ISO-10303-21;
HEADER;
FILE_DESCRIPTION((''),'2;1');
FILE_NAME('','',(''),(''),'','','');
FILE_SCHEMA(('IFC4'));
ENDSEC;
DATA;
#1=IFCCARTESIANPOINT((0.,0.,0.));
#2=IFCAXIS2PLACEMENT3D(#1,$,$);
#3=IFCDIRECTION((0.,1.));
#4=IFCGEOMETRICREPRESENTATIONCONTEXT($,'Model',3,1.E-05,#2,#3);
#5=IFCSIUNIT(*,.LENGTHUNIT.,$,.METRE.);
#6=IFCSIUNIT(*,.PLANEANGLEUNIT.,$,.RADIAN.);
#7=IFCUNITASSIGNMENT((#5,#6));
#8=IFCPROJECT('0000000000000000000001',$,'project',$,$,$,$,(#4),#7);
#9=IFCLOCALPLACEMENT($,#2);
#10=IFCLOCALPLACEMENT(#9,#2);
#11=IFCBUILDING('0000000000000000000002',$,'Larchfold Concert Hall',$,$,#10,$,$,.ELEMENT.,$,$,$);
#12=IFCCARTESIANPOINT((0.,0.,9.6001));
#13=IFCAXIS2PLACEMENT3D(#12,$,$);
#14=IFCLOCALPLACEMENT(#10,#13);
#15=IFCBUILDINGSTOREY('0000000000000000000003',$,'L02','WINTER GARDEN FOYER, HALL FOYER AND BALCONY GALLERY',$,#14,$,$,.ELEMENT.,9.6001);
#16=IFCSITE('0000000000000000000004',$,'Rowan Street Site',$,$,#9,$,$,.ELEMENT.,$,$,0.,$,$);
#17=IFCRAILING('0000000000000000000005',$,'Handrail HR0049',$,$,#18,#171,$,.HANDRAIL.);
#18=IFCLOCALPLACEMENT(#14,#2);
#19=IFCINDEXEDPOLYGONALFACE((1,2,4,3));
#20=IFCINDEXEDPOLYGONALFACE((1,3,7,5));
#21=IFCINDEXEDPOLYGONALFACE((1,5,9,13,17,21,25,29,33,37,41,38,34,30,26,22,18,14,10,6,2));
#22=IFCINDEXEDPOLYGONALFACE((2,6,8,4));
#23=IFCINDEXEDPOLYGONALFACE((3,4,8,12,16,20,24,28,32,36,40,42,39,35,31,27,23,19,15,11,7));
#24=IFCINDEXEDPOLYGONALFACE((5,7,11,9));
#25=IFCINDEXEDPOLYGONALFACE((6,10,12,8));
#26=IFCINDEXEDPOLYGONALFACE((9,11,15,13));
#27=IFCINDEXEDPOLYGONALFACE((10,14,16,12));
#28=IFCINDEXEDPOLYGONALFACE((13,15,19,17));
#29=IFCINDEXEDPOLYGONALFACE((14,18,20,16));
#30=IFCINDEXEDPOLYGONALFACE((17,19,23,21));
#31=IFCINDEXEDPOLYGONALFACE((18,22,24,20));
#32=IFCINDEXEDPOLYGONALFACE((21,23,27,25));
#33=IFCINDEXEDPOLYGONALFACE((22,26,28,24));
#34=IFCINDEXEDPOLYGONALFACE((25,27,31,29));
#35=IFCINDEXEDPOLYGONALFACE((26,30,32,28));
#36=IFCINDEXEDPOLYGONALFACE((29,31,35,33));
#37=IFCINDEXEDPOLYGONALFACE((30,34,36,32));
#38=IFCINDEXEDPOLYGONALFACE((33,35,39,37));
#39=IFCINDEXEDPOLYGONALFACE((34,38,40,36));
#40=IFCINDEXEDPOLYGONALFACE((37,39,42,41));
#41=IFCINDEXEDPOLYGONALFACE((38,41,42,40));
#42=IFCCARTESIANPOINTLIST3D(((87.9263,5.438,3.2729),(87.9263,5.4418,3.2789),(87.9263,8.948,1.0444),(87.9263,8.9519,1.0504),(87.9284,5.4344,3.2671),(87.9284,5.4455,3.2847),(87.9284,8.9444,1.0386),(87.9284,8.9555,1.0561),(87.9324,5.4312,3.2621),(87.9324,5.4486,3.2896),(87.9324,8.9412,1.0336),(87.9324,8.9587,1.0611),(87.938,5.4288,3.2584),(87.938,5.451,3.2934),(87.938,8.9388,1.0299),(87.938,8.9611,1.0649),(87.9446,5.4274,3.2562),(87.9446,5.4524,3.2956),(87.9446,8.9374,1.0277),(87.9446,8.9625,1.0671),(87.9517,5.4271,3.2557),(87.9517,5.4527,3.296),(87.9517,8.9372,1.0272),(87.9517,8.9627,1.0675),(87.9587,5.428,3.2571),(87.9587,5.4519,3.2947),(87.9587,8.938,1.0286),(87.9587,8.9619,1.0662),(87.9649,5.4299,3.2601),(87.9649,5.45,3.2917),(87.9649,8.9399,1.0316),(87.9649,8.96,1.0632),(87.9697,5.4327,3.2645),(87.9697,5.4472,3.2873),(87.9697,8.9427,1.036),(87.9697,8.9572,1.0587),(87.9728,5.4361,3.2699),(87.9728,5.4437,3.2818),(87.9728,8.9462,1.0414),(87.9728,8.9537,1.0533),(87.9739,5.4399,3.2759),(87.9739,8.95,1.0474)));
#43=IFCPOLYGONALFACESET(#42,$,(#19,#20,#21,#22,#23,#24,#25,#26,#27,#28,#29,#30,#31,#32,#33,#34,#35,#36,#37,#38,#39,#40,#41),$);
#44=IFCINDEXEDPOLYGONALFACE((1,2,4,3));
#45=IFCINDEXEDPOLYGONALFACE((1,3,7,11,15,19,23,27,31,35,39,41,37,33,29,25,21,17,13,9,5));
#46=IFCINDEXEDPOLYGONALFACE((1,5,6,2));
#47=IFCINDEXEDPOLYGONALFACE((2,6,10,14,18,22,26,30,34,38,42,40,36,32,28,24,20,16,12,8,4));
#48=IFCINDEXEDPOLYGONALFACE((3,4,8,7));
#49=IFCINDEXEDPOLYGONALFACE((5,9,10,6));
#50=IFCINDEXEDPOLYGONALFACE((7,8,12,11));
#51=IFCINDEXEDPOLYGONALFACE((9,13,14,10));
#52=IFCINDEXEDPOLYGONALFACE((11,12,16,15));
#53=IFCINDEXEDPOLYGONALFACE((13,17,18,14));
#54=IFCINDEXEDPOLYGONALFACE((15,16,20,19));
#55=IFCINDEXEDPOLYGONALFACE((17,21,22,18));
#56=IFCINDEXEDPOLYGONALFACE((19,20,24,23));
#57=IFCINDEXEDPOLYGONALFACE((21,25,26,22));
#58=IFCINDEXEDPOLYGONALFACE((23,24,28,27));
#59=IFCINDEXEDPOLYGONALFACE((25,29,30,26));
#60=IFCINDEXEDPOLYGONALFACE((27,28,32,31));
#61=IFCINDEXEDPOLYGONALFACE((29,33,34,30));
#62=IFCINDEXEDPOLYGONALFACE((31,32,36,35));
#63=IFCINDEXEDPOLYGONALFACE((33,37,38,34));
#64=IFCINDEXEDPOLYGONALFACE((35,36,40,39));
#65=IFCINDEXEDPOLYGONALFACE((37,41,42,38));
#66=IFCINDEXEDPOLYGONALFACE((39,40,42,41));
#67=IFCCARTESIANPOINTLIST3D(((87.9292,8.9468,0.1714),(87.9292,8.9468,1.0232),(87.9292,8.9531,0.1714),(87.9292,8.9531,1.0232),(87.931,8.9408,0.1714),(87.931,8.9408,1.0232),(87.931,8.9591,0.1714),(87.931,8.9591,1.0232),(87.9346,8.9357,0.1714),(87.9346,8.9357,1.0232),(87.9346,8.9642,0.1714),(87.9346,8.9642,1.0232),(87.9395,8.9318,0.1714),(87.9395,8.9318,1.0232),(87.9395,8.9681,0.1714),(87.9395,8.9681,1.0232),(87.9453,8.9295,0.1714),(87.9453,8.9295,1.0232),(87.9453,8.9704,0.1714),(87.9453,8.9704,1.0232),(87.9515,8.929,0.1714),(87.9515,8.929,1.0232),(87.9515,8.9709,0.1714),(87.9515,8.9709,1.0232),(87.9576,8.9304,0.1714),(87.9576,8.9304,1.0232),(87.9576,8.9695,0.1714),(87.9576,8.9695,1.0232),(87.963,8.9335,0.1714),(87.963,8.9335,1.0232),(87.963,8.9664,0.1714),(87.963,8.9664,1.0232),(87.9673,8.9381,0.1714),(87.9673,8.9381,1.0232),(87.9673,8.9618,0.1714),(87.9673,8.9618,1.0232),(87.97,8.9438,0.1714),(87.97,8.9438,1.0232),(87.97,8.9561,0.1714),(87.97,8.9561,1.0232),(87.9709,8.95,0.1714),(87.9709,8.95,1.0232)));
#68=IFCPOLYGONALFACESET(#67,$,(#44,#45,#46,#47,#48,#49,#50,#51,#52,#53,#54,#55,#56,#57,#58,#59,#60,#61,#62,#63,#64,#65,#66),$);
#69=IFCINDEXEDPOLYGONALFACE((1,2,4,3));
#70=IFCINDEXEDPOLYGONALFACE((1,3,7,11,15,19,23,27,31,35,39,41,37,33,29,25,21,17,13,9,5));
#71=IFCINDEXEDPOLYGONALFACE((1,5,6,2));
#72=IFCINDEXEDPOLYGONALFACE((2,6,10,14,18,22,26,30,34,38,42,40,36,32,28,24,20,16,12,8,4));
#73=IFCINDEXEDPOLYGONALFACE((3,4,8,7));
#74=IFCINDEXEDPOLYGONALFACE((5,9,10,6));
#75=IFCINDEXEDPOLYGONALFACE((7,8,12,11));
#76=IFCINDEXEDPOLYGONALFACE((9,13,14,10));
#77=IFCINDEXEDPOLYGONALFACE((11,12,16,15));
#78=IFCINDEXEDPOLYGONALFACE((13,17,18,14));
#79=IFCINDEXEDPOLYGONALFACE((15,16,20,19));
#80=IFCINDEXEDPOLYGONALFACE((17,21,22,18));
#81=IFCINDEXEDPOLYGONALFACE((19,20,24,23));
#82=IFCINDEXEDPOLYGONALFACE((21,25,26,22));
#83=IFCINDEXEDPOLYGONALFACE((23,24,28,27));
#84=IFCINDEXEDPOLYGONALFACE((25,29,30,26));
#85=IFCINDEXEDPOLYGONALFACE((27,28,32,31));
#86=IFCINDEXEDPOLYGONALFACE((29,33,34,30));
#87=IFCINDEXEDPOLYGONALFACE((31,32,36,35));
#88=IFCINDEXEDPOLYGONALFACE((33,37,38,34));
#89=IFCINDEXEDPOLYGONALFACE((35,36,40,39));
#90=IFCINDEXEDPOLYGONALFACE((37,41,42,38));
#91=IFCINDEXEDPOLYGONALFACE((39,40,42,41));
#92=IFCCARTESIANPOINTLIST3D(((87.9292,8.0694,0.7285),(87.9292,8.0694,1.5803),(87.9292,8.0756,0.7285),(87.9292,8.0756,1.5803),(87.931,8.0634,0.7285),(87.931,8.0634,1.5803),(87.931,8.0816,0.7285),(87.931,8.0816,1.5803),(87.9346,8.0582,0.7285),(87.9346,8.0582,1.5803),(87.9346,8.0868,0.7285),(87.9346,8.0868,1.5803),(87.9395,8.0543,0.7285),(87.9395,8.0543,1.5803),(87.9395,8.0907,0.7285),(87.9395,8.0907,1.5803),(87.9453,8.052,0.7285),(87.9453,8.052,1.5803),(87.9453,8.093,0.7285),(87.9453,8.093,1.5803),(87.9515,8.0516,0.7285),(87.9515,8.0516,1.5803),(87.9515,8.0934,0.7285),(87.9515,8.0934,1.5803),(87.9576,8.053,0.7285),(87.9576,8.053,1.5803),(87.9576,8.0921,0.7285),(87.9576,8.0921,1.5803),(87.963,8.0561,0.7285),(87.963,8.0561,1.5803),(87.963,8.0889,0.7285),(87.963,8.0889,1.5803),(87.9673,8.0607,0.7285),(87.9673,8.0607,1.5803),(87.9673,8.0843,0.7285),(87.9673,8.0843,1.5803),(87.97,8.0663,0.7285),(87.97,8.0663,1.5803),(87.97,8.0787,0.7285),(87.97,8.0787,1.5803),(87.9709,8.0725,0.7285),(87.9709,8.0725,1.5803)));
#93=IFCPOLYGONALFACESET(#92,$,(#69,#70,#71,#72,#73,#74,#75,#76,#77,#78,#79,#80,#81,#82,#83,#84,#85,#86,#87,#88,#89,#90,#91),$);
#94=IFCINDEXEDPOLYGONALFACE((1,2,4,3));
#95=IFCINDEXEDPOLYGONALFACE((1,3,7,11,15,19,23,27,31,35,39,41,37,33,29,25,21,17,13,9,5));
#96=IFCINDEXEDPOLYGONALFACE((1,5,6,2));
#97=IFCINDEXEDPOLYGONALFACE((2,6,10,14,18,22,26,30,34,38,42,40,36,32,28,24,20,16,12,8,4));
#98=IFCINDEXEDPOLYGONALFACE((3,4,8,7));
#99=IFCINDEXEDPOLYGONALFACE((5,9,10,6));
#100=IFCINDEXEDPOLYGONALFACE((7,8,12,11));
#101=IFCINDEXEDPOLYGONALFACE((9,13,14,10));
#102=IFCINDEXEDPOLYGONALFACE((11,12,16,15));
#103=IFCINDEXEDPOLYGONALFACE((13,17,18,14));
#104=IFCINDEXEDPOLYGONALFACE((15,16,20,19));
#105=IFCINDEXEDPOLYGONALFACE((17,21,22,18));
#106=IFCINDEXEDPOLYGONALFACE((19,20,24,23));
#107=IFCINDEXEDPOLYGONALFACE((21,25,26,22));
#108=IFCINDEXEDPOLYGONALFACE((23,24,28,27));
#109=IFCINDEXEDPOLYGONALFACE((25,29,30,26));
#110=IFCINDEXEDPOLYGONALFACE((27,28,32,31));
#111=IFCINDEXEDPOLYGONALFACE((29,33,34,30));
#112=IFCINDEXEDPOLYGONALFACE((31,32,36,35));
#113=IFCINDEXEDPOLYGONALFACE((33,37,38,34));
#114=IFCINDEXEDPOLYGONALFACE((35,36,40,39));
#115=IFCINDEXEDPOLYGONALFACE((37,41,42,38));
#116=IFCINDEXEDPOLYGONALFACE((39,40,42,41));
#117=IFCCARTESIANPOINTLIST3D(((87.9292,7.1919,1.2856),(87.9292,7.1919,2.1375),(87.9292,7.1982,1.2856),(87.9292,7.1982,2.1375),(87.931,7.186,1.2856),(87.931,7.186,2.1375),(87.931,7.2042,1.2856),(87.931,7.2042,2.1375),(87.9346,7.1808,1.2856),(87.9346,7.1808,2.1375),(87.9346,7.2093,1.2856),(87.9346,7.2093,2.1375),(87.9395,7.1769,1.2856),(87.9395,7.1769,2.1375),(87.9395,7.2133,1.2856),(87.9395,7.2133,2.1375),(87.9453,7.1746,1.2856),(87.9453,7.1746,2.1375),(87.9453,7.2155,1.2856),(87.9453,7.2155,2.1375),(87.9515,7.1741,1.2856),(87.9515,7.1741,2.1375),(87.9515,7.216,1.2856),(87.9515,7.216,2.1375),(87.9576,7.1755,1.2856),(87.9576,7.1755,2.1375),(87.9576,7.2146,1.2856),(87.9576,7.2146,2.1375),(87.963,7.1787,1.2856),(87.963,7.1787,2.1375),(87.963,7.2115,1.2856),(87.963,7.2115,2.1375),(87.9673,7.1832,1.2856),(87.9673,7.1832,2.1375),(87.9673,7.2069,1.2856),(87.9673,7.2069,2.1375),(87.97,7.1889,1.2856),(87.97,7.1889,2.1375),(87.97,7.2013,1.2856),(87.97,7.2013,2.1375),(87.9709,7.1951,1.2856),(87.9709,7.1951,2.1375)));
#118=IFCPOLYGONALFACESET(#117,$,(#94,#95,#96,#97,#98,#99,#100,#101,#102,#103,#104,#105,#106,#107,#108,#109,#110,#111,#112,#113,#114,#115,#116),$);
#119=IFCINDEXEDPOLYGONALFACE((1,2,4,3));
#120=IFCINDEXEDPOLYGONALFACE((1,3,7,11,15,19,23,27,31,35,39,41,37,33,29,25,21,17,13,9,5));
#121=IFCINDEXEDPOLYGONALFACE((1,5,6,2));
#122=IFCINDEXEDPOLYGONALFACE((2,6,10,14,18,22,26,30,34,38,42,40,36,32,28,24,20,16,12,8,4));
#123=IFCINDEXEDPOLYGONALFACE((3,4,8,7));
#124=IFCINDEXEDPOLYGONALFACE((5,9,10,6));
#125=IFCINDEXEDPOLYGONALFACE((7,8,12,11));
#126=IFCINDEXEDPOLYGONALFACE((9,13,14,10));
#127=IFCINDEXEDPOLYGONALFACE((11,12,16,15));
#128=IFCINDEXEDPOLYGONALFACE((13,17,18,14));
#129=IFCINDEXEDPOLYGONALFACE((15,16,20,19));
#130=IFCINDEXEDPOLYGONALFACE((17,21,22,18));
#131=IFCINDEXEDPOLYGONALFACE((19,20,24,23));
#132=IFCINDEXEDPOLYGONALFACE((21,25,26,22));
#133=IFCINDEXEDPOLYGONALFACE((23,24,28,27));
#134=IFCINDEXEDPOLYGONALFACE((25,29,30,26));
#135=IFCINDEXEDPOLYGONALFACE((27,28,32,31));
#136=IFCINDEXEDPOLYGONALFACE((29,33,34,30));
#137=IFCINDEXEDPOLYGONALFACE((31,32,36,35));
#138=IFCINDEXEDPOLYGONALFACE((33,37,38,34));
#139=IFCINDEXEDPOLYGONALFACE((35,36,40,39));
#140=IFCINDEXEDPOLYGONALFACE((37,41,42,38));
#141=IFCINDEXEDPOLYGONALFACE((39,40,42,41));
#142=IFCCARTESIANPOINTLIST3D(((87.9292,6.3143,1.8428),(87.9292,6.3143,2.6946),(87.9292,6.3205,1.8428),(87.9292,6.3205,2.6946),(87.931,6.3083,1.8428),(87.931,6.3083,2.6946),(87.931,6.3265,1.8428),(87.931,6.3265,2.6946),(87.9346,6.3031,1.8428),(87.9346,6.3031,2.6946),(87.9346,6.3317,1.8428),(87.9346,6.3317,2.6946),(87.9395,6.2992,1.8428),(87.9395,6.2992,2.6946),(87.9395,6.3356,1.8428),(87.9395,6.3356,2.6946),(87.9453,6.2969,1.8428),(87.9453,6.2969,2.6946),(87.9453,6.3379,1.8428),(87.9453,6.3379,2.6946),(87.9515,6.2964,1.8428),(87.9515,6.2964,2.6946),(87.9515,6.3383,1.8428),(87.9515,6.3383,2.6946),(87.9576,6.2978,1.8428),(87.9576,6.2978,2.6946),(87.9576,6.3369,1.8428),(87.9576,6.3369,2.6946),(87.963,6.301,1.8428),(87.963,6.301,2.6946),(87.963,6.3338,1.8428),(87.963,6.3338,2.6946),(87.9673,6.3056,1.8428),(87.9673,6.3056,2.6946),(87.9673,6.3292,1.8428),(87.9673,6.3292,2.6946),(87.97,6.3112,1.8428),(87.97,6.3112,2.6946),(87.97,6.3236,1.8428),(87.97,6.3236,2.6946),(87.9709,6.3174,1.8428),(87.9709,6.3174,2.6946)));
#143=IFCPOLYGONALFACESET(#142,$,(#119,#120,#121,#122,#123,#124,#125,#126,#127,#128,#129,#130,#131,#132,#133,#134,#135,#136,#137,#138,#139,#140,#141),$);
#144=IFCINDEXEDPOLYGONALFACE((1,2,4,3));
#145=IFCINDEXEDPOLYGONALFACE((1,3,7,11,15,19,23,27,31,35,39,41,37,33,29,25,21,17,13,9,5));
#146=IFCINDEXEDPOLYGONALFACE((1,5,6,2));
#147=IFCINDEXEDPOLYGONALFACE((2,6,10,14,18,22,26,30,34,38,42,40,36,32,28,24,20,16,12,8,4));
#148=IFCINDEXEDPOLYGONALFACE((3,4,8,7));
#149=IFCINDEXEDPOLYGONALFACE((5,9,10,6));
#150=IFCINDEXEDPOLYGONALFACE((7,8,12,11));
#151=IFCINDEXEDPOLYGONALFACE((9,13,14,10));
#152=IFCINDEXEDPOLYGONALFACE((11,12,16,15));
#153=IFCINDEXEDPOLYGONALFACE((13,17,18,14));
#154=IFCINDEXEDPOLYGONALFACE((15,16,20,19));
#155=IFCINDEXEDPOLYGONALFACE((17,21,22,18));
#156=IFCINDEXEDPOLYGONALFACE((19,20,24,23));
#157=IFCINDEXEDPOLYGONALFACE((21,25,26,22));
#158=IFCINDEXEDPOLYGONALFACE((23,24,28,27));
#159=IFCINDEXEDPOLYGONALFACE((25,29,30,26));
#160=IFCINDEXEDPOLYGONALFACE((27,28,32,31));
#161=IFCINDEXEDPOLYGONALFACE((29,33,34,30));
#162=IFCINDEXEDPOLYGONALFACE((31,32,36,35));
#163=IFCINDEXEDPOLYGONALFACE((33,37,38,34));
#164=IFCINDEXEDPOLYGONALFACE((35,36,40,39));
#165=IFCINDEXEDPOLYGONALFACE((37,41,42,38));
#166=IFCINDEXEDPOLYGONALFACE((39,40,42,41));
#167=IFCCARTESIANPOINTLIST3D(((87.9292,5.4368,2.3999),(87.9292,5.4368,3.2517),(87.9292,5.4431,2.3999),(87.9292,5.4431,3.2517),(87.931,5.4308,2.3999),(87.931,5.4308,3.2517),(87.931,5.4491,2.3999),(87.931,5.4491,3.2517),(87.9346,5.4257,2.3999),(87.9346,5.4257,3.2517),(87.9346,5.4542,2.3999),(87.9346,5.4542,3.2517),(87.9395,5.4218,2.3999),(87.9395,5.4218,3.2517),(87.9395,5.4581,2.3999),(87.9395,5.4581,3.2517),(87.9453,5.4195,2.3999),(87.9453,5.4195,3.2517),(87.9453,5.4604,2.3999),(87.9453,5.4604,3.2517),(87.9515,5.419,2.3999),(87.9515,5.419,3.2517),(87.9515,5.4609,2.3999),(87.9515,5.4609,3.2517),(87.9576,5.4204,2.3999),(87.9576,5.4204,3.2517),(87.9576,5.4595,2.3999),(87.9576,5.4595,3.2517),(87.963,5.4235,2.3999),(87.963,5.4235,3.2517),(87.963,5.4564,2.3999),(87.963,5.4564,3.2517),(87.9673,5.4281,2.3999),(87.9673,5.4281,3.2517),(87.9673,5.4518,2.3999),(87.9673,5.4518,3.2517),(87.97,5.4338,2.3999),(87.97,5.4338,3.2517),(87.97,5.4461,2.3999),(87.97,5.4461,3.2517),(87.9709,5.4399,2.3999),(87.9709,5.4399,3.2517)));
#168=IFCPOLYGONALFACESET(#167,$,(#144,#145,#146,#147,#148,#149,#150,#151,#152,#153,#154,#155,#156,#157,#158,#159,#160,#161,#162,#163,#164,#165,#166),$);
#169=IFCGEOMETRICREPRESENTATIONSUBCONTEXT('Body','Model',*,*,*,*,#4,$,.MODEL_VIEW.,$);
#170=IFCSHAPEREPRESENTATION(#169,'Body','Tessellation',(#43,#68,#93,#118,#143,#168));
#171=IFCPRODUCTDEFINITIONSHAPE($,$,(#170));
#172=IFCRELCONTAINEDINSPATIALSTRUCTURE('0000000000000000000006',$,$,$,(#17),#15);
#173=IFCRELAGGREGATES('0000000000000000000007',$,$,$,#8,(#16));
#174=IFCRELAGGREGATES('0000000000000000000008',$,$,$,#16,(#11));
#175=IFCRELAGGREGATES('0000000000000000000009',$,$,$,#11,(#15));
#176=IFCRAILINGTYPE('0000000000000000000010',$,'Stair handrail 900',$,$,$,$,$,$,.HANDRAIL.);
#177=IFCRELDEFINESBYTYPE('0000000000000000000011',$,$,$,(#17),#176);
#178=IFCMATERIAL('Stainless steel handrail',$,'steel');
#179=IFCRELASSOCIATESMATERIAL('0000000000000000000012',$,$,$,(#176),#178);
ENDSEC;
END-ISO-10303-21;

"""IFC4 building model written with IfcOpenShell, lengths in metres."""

from ifc_helpers import new_model, si_unit, direction, frame, origin, origin_2d, place, context, subcontext, project, spatial, circle, extrude, material, type_object, element, save


model = new_model("IFC4")

# Units and contexts
model_context = context("Model", 3, precision=1e-05, world=origin(), true_north=direction((0.0, 1.0)))
body_context = subcontext(model_context, "Body", "Model", "MODEL_VIEW")
ifc_project = project(units=[si_unit("LENGTHUNIT", "METRE"), si_unit("PLANEANGLEUNIT", "RADIAN")], contexts=[model_context])

# Site, building, storey
site_placement = place(None, origin())
site = spatial("IfcSite", under=ifc_project, at=site_placement, Name="Rowan Street Site", CompositionType="ELEMENT", RefElevation=0.0)
building_placement = place(site_placement, origin())
building = spatial("IfcBuilding", under=site, at=building_placement, Name="Larchfold Concert Hall", CompositionType="ELEMENT")
storey_placement = place(building_placement, frame((0.0, 0.0, 9.6001)))
storey = spatial("IfcBuildingStorey", under=building, at=storey_placement, Name="L02", Description="WINTER GARDEN FOYER, HALL FOYER AND BALCONY GALLERY", CompositionType="ELEMENT", Elevation=9.6001)

# Railing
ifc_material_1 = material(Name="Stainless steel handrail", Category="steel")
railing_type_1 = type_object("IfcRailingType", Name="Stair handrail 900", PredefinedType="HANDRAIL", material=ifc_material_1)
railing_1_placement = place(storey_placement, frame((87.95, 8.95, 0.1714)))
element("IfcRailing", 1, at=railing_1_placement, inside=storey, type_object=railing_type_1, Name="Handrail HR0049", PredefinedType="HANDRAIL", context=body_context, shape_type="SweptSolid", body=[
    extrude(circle(Radius=0.0239, at=origin_2d()), frame((0.0, 0.0, 0.876), z_axis=(0.0, -0.84422, 0.535998), x_axis=(1.0, 0.0, 0.0)), (0.0, 0.0, 1.0), 4.1577),
    extrude(circle(Radius=0.021, at=origin_2d()), origin(), (0.0, 0.0, 1.0), 0.8518),
    extrude(circle(Radius=0.021, at=origin_2d()), frame((0.0, -0.8774, 0.5571)), (0.0, 0.0, 1.0), 0.8518),
    extrude(circle(Radius=0.021, at=origin_2d()), frame((0.0, -1.7549, 1.1143)), (0.0, 0.0, 1.0), 0.8518),
    extrude(circle(Radius=0.021, at=origin_2d()), frame((0.0, -2.6326, 1.6714)), (0.0, 0.0, 1.0), 0.8518),
    extrude(circle(Radius=0.021, at=origin_2d()), frame((0.0, -3.51, 2.2285)), (0.0, 0.0, 1.0), 0.8518),
])

save(model, "model.ifc")
